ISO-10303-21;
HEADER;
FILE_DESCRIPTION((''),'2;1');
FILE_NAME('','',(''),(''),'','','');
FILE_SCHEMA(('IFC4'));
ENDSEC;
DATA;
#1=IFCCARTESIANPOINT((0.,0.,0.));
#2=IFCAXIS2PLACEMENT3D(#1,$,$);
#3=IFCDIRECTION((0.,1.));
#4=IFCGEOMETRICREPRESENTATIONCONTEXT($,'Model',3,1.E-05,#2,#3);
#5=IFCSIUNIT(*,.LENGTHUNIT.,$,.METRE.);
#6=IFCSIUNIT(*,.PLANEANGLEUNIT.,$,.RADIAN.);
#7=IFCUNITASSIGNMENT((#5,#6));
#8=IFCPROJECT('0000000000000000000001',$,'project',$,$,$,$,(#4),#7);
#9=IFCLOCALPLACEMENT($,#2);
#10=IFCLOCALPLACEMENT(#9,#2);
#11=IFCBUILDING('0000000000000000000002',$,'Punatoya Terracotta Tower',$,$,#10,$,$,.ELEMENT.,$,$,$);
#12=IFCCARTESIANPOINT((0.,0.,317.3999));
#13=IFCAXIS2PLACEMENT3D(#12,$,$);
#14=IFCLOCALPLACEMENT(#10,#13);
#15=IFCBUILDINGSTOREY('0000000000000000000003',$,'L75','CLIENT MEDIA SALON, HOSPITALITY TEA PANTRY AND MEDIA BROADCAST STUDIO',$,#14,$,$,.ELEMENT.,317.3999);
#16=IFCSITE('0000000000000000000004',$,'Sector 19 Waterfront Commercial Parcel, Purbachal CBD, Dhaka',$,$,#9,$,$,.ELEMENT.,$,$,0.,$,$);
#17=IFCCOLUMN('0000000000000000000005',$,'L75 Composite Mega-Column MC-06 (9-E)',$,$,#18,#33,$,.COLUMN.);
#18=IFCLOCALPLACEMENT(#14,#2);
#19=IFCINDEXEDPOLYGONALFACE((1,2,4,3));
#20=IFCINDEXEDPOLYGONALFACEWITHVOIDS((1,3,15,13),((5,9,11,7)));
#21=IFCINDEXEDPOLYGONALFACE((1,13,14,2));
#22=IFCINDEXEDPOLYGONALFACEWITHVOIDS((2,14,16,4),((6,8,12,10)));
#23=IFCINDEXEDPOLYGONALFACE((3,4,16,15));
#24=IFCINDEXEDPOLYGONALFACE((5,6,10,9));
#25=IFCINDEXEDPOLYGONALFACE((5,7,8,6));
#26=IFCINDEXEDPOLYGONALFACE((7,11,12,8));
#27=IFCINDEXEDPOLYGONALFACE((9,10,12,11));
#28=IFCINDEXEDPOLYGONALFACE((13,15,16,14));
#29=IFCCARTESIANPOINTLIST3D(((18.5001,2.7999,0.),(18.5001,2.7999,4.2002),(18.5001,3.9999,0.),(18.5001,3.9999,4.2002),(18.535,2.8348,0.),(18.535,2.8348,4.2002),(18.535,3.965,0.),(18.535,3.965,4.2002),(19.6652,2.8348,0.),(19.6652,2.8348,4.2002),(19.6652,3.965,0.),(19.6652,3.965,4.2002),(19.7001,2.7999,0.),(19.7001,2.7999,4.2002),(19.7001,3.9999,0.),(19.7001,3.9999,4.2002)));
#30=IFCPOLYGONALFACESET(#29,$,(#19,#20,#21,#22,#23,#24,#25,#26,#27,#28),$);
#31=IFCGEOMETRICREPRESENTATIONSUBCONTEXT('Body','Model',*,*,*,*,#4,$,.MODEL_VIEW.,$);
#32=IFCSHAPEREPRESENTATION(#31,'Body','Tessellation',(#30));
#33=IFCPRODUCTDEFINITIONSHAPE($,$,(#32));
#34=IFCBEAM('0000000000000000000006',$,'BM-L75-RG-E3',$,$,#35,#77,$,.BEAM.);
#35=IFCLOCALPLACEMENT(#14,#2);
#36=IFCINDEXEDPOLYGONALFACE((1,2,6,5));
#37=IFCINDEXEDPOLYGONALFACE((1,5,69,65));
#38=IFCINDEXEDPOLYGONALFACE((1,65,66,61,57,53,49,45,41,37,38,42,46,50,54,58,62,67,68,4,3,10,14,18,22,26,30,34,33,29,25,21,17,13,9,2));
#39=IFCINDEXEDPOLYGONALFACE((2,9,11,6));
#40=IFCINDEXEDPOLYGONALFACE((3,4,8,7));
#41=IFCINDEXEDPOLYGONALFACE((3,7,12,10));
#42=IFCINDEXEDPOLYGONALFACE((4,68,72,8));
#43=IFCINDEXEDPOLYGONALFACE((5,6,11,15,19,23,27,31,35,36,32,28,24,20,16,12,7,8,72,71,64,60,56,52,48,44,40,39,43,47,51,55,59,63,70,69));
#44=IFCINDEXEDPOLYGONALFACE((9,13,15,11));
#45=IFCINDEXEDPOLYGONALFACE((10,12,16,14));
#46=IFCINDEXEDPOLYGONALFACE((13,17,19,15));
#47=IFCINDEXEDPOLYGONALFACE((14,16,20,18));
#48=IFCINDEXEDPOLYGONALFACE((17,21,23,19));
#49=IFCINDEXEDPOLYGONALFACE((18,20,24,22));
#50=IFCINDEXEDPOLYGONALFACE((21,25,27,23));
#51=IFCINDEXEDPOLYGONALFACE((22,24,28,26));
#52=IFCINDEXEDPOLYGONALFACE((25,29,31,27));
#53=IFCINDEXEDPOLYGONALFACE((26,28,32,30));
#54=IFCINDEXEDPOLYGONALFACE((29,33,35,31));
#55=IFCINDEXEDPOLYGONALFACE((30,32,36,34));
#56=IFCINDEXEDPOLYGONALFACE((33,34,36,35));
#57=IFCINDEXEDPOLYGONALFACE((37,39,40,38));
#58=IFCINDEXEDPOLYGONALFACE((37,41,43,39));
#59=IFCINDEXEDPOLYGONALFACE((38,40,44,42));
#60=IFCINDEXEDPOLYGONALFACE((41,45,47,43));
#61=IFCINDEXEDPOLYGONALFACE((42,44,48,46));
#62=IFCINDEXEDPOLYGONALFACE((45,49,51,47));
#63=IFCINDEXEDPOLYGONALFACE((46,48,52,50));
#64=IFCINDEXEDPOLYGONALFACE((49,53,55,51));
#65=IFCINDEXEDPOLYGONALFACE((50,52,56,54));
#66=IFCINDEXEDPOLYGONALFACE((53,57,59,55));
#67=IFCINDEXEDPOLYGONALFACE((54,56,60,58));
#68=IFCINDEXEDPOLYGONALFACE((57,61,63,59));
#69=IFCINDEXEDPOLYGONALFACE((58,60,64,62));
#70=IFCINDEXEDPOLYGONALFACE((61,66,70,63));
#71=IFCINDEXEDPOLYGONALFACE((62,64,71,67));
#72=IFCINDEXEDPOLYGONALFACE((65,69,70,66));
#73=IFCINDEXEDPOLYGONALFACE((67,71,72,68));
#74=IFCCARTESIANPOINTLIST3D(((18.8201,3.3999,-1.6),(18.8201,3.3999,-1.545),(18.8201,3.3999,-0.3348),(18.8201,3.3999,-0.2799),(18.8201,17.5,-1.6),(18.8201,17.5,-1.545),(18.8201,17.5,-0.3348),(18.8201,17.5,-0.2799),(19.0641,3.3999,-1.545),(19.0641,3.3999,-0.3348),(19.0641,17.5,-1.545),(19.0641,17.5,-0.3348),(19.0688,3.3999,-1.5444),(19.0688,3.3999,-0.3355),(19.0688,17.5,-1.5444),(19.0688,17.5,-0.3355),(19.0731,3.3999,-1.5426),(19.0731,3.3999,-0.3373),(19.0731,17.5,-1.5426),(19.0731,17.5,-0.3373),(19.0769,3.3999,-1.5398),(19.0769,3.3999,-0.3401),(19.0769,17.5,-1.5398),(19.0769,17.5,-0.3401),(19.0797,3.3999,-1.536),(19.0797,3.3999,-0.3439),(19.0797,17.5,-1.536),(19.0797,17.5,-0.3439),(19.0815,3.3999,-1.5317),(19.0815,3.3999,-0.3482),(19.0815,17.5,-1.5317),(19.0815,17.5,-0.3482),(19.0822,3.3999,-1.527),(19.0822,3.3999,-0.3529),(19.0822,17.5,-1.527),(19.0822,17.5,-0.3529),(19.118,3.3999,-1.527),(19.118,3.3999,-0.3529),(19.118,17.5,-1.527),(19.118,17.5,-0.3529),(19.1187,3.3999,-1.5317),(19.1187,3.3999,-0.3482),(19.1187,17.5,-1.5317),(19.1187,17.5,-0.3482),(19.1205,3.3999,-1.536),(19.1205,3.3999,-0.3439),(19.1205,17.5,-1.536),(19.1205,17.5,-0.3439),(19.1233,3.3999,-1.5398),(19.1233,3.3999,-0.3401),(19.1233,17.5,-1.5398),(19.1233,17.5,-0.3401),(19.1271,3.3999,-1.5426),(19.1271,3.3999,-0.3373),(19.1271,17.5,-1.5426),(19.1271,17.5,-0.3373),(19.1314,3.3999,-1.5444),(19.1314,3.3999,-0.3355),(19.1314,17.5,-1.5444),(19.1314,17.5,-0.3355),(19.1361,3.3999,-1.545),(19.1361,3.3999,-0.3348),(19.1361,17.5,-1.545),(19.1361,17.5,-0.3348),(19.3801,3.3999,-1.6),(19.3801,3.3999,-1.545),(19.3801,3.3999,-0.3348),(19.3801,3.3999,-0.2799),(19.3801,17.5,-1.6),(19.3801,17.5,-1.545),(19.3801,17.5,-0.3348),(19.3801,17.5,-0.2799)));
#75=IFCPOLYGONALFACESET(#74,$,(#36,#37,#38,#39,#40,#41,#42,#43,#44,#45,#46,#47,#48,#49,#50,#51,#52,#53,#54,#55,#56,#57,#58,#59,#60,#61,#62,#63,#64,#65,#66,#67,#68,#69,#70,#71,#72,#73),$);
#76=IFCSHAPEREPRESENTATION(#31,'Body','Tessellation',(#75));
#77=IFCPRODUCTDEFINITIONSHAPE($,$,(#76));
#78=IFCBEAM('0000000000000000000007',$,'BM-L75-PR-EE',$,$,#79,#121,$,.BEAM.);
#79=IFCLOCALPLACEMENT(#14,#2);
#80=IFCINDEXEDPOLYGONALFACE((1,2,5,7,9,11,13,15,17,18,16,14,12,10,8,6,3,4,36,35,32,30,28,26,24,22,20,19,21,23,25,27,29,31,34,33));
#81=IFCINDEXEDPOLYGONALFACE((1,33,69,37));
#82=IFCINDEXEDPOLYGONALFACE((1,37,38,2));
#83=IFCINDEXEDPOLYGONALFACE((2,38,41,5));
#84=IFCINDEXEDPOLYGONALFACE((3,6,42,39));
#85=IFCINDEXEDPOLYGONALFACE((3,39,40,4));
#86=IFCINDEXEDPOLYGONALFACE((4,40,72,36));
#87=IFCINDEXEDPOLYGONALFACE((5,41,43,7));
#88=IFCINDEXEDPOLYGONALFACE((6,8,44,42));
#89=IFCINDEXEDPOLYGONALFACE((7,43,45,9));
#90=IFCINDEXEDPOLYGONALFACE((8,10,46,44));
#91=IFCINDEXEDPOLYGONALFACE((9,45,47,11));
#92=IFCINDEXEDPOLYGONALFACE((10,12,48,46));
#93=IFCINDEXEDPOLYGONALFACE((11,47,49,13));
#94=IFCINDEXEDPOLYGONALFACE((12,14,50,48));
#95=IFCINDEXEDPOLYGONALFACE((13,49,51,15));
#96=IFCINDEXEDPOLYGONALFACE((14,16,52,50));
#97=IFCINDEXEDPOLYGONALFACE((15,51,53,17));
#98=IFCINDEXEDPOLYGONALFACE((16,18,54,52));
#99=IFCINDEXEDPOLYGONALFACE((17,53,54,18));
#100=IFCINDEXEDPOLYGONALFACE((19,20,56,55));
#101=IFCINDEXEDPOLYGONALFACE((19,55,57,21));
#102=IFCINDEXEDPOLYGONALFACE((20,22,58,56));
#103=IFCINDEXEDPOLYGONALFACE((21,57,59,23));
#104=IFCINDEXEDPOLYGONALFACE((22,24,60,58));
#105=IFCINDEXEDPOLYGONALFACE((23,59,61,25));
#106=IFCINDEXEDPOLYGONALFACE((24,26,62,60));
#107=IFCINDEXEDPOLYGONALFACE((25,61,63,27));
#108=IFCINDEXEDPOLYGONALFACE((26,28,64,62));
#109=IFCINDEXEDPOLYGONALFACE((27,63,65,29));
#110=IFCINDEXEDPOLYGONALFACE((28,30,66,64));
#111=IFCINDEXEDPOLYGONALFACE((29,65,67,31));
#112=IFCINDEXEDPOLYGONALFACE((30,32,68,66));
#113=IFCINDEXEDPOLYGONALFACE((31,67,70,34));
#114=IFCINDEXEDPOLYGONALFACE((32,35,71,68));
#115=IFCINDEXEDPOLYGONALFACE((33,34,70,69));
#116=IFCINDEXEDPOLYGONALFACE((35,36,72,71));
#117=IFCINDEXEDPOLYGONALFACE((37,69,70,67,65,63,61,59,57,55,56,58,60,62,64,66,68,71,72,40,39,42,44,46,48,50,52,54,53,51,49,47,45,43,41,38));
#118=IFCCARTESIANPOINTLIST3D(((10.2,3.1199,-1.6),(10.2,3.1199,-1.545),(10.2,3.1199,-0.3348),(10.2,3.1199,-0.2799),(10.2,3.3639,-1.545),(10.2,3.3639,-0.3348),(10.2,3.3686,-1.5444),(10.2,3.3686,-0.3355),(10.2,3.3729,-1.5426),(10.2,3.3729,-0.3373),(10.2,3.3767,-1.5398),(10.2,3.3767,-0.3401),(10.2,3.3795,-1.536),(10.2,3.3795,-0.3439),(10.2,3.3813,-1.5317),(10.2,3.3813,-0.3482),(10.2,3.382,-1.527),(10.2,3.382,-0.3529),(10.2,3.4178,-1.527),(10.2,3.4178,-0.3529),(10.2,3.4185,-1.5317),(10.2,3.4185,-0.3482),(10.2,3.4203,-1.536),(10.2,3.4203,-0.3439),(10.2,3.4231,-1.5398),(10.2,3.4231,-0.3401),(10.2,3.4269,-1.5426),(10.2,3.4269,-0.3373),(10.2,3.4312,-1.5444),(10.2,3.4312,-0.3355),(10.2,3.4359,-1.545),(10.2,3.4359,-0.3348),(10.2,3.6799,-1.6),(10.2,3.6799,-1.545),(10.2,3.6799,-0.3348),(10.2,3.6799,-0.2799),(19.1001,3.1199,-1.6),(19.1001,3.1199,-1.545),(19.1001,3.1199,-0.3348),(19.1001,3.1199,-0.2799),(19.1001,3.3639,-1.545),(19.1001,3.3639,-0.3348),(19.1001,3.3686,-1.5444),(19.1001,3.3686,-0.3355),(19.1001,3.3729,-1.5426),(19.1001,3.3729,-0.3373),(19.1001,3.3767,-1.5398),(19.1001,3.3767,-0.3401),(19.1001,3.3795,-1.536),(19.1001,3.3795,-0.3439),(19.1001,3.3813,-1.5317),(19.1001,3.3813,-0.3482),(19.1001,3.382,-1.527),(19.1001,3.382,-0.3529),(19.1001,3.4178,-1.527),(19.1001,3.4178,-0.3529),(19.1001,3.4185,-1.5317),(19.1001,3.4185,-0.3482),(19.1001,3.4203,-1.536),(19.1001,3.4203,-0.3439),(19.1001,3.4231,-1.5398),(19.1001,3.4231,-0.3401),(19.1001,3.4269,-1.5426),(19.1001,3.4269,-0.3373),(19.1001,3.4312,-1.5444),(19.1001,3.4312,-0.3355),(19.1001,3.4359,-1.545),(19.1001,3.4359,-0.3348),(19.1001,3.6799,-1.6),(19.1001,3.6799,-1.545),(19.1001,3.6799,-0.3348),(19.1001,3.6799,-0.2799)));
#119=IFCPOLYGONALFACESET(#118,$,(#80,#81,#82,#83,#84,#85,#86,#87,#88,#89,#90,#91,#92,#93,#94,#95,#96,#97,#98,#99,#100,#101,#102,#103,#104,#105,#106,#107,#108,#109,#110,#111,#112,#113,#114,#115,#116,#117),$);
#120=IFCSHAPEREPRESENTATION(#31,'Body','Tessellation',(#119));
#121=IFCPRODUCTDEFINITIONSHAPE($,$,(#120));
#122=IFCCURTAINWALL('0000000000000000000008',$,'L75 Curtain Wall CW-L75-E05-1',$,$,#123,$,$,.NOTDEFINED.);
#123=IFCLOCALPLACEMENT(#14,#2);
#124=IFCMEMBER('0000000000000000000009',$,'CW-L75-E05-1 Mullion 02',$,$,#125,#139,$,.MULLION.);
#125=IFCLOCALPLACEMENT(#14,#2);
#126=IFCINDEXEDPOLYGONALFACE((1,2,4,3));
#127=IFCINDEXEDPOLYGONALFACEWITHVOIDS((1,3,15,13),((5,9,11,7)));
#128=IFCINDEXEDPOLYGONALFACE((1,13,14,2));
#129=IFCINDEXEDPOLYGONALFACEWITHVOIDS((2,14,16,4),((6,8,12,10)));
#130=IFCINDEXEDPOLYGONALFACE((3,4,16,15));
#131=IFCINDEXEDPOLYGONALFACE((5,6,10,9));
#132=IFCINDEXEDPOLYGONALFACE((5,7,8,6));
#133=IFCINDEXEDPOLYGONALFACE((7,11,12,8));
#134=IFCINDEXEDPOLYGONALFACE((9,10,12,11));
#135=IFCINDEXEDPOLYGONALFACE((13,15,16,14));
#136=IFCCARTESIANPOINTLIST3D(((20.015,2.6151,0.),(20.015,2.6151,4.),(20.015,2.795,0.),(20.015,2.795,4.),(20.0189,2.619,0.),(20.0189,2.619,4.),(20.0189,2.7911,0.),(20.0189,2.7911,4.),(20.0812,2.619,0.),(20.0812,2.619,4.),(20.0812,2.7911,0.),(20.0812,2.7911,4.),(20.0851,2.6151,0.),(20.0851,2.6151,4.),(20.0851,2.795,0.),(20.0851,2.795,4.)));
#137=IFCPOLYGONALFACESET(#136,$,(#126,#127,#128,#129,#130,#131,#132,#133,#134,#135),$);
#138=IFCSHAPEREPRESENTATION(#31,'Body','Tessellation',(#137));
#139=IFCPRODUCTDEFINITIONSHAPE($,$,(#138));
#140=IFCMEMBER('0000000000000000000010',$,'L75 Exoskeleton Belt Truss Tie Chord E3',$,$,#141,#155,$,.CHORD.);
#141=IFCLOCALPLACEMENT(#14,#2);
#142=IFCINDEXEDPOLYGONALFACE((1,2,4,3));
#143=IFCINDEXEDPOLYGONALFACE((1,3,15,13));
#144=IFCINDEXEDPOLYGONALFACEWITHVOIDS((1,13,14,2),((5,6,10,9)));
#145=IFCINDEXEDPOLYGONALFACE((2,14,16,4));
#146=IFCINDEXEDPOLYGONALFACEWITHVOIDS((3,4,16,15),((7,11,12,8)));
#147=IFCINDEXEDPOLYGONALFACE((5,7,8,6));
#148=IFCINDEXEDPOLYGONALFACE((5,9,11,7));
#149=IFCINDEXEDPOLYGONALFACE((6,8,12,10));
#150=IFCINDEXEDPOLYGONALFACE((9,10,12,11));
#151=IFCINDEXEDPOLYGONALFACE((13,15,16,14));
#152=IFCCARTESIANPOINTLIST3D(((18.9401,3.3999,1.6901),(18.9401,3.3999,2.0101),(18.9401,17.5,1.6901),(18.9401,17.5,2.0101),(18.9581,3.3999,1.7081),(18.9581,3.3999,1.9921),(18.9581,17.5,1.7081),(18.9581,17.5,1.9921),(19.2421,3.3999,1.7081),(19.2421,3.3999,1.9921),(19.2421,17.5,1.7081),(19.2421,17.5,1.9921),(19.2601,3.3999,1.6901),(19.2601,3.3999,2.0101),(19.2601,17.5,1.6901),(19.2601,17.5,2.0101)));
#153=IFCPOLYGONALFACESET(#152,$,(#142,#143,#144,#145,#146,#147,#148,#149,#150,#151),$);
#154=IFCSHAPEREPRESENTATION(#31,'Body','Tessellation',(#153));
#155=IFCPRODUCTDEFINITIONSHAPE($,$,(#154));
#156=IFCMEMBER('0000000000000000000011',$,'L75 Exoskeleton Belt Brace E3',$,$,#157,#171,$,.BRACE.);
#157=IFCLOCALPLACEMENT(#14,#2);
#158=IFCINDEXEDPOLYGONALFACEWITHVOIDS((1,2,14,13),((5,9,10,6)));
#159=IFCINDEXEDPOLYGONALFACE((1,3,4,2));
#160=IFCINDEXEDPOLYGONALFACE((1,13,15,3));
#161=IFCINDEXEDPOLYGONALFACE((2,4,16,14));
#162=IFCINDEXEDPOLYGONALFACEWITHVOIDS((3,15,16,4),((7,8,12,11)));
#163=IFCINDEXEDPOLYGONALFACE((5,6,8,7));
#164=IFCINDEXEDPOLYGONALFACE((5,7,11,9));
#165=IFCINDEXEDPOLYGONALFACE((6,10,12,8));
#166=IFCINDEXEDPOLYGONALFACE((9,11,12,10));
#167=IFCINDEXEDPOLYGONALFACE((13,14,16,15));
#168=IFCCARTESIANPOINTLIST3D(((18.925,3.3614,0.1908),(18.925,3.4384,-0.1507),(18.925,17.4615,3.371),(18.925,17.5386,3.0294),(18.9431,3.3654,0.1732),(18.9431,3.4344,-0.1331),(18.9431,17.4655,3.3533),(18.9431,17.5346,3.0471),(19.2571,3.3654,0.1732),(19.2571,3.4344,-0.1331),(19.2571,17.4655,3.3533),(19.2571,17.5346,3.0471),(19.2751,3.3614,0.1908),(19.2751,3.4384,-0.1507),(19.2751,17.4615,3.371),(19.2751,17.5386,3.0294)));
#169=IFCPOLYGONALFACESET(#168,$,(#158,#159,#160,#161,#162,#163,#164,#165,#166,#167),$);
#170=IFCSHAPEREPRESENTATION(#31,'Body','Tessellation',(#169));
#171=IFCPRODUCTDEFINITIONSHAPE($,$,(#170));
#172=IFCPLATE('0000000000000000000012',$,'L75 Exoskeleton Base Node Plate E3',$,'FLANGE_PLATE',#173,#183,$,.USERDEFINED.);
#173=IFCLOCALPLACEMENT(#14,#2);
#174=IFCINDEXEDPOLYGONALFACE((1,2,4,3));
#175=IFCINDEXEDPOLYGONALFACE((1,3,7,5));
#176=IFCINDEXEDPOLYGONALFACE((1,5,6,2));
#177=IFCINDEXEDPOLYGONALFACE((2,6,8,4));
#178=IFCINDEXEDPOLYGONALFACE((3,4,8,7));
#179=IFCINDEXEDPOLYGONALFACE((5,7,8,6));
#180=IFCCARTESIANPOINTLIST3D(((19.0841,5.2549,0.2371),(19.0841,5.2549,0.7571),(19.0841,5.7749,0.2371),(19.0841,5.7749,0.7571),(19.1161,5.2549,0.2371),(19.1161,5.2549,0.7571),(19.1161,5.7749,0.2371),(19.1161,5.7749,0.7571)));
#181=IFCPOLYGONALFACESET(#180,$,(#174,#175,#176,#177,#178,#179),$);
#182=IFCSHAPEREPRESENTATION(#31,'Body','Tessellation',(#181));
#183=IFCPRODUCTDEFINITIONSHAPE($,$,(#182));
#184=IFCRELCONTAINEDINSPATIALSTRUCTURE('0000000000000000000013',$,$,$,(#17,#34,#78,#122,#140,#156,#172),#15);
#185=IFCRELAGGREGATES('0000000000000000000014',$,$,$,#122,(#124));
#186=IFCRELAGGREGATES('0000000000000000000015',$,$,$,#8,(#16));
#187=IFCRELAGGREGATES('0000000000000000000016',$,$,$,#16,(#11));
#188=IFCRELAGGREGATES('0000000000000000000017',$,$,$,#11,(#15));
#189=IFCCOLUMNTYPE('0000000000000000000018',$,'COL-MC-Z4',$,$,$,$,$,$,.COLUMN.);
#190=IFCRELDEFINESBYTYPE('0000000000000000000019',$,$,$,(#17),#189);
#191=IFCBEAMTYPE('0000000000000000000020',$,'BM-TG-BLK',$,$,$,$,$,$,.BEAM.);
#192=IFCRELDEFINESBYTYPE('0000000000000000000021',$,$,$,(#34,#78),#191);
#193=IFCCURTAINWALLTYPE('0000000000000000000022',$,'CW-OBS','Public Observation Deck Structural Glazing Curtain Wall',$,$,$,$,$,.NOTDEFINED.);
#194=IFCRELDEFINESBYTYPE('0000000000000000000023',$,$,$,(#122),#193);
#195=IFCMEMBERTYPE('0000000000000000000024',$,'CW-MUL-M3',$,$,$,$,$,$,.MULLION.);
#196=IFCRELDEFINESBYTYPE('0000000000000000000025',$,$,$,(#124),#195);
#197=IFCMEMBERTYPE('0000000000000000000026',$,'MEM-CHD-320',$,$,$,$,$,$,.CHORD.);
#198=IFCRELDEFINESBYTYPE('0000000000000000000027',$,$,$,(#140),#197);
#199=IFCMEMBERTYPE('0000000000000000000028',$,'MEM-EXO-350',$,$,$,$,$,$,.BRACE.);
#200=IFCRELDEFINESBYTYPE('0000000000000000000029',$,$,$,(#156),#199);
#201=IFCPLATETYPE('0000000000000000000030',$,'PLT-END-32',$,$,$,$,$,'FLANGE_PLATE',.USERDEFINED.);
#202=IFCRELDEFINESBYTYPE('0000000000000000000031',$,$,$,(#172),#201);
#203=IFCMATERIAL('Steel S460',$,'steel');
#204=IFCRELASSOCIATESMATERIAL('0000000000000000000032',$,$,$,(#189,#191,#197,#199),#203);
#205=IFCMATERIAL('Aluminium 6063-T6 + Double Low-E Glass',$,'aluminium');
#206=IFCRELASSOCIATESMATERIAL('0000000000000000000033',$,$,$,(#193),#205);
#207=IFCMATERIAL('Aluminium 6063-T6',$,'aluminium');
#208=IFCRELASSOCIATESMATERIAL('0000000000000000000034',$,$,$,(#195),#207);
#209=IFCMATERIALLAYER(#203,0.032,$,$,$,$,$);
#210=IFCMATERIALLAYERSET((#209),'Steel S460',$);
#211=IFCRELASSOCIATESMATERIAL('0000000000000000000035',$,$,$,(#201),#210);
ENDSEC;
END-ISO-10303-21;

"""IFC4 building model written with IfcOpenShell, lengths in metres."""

from ifc_helpers import new_model, si_unit, direction, frame, origin, origin_2d, place, context, subcontext, project, spatial, rectangle, hollow_rectangle, i_section, extrude, material, layer, layer_set, material_profile, profile_set, type_object, element, aggregate, save


model = new_model("IFC4")

# Units and contexts
model_context = context("Model", 3, precision=1e-05, world=origin(), true_north=direction((0.0, 1.0)))
body_context = subcontext(model_context, "Body", "Model", "MODEL_VIEW")
ifc_project = project(units=[si_unit("LENGTHUNIT", "METRE"), si_unit("PLANEANGLEUNIT", "RADIAN")], contexts=[model_context])

# Site, building, storey
site_placement = place(None, origin())
site = spatial("IfcSite", under=ifc_project, at=site_placement, Name="Sector 19 Waterfront Commercial Parcel, Purbachal CBD, Dhaka", CompositionType="ELEMENT", RefElevation=0.0)
building_placement = place(site_placement, origin())
building = spatial("IfcBuilding", under=site, at=building_placement, Name="Punatoya Terracotta Tower", CompositionType="ELEMENT")
storey_placement = place(building_placement, frame((0.0, 0.0, 317.3999)))
storey = spatial("IfcBuildingStorey", under=building, at=storey_placement, Name="L75", Description="CLIENT MEDIA SALON, HOSPITALITY TEA PANTRY AND MEDIA BROADCAST STUDIO", CompositionType="ELEMENT", Elevation=317.3999)

# Column
ifc_material_1 = material(Name="Steel S460", Category="steel")
ifc_material_profile_1 = material_profile(ifc_material_1, hollow_rectangle(XDim=1.2, YDim=1.2, WallThickness=0.0349, at=origin_2d()))
ifc_profile_set_1 = profile_set([ifc_material_profile_1], Name="Steel S460")
column_type = type_object("IfcColumnType", Name="COL-MC-Z4", PredefinedType="COLUMN", material=ifc_profile_set_1)
column_placement = place(storey_placement, frame((19.1001, 3.3999, 0.0), z_axis=(0.0, 0.0, 1.0), x_axis=(1.0, 0.0, 0.0)))
element("IfcColumn", 1, at=column_placement, inside=storey, type_object=column_type, Name="L75 Composite Mega-Column MC-06 (9-E)", PredefinedType="COLUMN", context=body_context, shape_type="SweptSolid", body=[
    extrude(hollow_rectangle(XDim=1.2, YDim=1.2, WallThickness=0.0349, at=origin_2d()), origin(), (0.0, 0.0, 1.0), 4.2002),
])

# Beams
ifc_material_profile_2 = material_profile(ifc_material_1, i_section(OverallWidth=0.5601, OverallDepth=1.3201, WebThickness=0.0359, FlangeThickness=0.0549, FilletRadius=0.0181, at=origin_2d()))
ifc_profile_set_2 = profile_set([ifc_material_profile_2], Name="Steel S460")
beam_type = type_object("IfcBeamType", Name="BM-TG-BLK", PredefinedType="BEAM", material=ifc_profile_set_2)
beam_1_placement = place(storey_placement, frame((19.1001, 3.3999, -0.9399), z_axis=(0.0, 1.0, 0.0), x_axis=(-1.0, 0.0, 0.0)))
element("IfcBeam", 2, at=beam_1_placement, inside=storey, type_object=beam_type, Name="BM-L75-RG-E3", PredefinedType="BEAM", context=body_context, shape_type="SweptSolid", body=[
    extrude(i_section(OverallWidth=0.5601, OverallDepth=1.3201, WebThickness=0.0359, FlangeThickness=0.0549, FilletRadius=0.0181, at=origin_2d()), origin(), (0.0, 0.0, 1.0), 14.1001),
])
beam_2_placement = place(storey_placement, frame((10.2, 3.3999, -0.9399), z_axis=(1.0, 0.0, 0.0), x_axis=(0.0, 1.0, 0.0)))
element("IfcBeam", 3, at=beam_2_placement, inside=storey, type_object=beam_type, Name="BM-L75-PR-EE", PredefinedType="BEAM", context=body_context, shape_type="SweptSolid", body=[
    extrude(i_section(OverallWidth=0.5601, OverallDepth=1.3201, WebThickness=0.0359, FlangeThickness=0.0549, FilletRadius=0.0181, at=origin_2d()), origin(), (0.0, 0.0, 1.0), 8.9001),
])

# Curtain wall, member
ifc_material_2 = material(Name="Aluminium 6063-T6 + Double Low-E Glass", Category="aluminium")
curtain_wall_type = type_object("IfcCurtainWallType", Name="CW-OBS", Description="Public Observation Deck Structural Glazing Curtain Wall", PredefinedType="NOTDEFINED", material=ifc_material_2)
curtain_wall_placement = place(storey_placement, origin())
curtain_wall = element("IfcCurtainWall", 4, at=curtain_wall_placement, inside=storey, type_object=curtain_wall_type, Name="L75 Curtain Wall CW-L75-E05-1", PredefinedType="NOTDEFINED")
ifc_material_3 = material(Name="Aluminium 6063-T6", Category="aluminium")
ifc_material_profile_3 = material_profile(ifc_material_3, hollow_rectangle(XDim=0.0701, YDim=0.1799, WallThickness=0.0039, at=origin_2d()))
ifc_profile_set_3 = profile_set([ifc_material_profile_3], Name="Aluminium 6063-T6")
member_type_1 = type_object("IfcMemberType", Name="CW-MUL-M3", PredefinedType="MULLION", material=ifc_profile_set_3)
member_1_placement = place(storey_placement, frame((20.05, 2.7051, 0.0), z_axis=(0.0, 0.0, 1.0), x_axis=(1.0, 0.0, 0.0)))
member_1 = element("IfcMember", 5, at=member_1_placement, type_object=member_type_1, Name="CW-L75-E05-1 Mullion 02", PredefinedType="MULLION", context=body_context, shape_type="SweptSolid", body=[
    extrude(hollow_rectangle(XDim=0.0701, YDim=0.1799, WallThickness=0.0039, at=origin_2d()), origin(), (0.0, 0.0, 1.0), 4.0),
])

# Members
ifc_material_profile_4 = material_profile(ifc_material_1, hollow_rectangle(XDim=0.3201, YDim=0.3201, WallThickness=0.0181, at=origin_2d()))
ifc_profile_set_4 = profile_set([ifc_material_profile_4], Name="Steel S460")
member_type_2 = type_object("IfcMemberType", Name="MEM-CHD-320", PredefinedType="CHORD", material=ifc_profile_set_4)
member_2_placement = place(storey_placement, frame((19.1001, 3.3999, 1.8501), z_axis=(0.0, 1.0, 0.0), x_axis=(-1.0, 0.0, 0.0)))
element("IfcMember", 6, at=member_2_placement, inside=storey, type_object=member_type_2, Name="L75 Exoskeleton Belt Truss Tie Chord E3", PredefinedType="CHORD", context=body_context, shape_type="SweptSolid", body=[
    extrude(hollow_rectangle(XDim=0.3201, YDim=0.3201, WallThickness=0.0181, at=origin_2d()), origin(), (0.0, 0.0, 1.0), 14.1001),
])
ifc_material_profile_5 = material_profile(ifc_material_1, hollow_rectangle(XDim=0.3501, YDim=0.3501, WallThickness=0.0181, at=origin_2d()))
ifc_profile_set_5 = profile_set([ifc_material_profile_5], Name="Steel S460")
member_type_3 = type_object("IfcMemberType", Name="MEM-EXO-350", PredefinedType="BRACE", material=ifc_profile_set_5)
member_3_placement = place(storey_placement, frame((19.1001, 3.3999, 0.02), z_axis=(0.0, 0.975496, 0.220016), x_axis=(-1.0, 0.0, 0.0)))
element("IfcMember", 7, at=member_3_placement, inside=storey, type_object=member_type_3, Name="L75 Exoskeleton Belt Brace E3", PredefinedType="BRACE", context=body_context, shape_type="SweptSolid", body=[
    extrude(hollow_rectangle(XDim=0.3501, YDim=0.3501, WallThickness=0.0181, at=origin_2d()), origin(), (0.0, 0.0, 1.0), 14.4543),
])

# Plate
ifc_layer_1 = layer(ifc_material_1, 0.032)
ifc_layer_set_1 = layer_set([ifc_layer_1], Name="Steel S460")
plate_type_1 = type_object("IfcPlateType", Name="PLT-END-32", ElementType="FLANGE_PLATE", PredefinedType="USERDEFINED", material=ifc_layer_set_1)
plate_1_placement = place(storey_placement, frame((19.1001, 5.5149, 0.2371), z_axis=(0.0, 0.0, 1.0), x_axis=(0.0, 1.0, 0.0)))
element("IfcPlate", 8, at=plate_1_placement, inside=storey, type_object=plate_type_1, Name="L75 Exoskeleton Base Node Plate E3", ObjectType="FLANGE_PLATE", PredefinedType="USERDEFINED", context=body_context, shape_type="SweptSolid", body=[
    extrude(rectangle(XDim=0.52, YDim=0.032, at=origin_2d()), origin(), (0.0, 0.0, 1.0), 0.52),
])
aggregate(curtain_wall, [member_1])

save(model, "model.ifc")
